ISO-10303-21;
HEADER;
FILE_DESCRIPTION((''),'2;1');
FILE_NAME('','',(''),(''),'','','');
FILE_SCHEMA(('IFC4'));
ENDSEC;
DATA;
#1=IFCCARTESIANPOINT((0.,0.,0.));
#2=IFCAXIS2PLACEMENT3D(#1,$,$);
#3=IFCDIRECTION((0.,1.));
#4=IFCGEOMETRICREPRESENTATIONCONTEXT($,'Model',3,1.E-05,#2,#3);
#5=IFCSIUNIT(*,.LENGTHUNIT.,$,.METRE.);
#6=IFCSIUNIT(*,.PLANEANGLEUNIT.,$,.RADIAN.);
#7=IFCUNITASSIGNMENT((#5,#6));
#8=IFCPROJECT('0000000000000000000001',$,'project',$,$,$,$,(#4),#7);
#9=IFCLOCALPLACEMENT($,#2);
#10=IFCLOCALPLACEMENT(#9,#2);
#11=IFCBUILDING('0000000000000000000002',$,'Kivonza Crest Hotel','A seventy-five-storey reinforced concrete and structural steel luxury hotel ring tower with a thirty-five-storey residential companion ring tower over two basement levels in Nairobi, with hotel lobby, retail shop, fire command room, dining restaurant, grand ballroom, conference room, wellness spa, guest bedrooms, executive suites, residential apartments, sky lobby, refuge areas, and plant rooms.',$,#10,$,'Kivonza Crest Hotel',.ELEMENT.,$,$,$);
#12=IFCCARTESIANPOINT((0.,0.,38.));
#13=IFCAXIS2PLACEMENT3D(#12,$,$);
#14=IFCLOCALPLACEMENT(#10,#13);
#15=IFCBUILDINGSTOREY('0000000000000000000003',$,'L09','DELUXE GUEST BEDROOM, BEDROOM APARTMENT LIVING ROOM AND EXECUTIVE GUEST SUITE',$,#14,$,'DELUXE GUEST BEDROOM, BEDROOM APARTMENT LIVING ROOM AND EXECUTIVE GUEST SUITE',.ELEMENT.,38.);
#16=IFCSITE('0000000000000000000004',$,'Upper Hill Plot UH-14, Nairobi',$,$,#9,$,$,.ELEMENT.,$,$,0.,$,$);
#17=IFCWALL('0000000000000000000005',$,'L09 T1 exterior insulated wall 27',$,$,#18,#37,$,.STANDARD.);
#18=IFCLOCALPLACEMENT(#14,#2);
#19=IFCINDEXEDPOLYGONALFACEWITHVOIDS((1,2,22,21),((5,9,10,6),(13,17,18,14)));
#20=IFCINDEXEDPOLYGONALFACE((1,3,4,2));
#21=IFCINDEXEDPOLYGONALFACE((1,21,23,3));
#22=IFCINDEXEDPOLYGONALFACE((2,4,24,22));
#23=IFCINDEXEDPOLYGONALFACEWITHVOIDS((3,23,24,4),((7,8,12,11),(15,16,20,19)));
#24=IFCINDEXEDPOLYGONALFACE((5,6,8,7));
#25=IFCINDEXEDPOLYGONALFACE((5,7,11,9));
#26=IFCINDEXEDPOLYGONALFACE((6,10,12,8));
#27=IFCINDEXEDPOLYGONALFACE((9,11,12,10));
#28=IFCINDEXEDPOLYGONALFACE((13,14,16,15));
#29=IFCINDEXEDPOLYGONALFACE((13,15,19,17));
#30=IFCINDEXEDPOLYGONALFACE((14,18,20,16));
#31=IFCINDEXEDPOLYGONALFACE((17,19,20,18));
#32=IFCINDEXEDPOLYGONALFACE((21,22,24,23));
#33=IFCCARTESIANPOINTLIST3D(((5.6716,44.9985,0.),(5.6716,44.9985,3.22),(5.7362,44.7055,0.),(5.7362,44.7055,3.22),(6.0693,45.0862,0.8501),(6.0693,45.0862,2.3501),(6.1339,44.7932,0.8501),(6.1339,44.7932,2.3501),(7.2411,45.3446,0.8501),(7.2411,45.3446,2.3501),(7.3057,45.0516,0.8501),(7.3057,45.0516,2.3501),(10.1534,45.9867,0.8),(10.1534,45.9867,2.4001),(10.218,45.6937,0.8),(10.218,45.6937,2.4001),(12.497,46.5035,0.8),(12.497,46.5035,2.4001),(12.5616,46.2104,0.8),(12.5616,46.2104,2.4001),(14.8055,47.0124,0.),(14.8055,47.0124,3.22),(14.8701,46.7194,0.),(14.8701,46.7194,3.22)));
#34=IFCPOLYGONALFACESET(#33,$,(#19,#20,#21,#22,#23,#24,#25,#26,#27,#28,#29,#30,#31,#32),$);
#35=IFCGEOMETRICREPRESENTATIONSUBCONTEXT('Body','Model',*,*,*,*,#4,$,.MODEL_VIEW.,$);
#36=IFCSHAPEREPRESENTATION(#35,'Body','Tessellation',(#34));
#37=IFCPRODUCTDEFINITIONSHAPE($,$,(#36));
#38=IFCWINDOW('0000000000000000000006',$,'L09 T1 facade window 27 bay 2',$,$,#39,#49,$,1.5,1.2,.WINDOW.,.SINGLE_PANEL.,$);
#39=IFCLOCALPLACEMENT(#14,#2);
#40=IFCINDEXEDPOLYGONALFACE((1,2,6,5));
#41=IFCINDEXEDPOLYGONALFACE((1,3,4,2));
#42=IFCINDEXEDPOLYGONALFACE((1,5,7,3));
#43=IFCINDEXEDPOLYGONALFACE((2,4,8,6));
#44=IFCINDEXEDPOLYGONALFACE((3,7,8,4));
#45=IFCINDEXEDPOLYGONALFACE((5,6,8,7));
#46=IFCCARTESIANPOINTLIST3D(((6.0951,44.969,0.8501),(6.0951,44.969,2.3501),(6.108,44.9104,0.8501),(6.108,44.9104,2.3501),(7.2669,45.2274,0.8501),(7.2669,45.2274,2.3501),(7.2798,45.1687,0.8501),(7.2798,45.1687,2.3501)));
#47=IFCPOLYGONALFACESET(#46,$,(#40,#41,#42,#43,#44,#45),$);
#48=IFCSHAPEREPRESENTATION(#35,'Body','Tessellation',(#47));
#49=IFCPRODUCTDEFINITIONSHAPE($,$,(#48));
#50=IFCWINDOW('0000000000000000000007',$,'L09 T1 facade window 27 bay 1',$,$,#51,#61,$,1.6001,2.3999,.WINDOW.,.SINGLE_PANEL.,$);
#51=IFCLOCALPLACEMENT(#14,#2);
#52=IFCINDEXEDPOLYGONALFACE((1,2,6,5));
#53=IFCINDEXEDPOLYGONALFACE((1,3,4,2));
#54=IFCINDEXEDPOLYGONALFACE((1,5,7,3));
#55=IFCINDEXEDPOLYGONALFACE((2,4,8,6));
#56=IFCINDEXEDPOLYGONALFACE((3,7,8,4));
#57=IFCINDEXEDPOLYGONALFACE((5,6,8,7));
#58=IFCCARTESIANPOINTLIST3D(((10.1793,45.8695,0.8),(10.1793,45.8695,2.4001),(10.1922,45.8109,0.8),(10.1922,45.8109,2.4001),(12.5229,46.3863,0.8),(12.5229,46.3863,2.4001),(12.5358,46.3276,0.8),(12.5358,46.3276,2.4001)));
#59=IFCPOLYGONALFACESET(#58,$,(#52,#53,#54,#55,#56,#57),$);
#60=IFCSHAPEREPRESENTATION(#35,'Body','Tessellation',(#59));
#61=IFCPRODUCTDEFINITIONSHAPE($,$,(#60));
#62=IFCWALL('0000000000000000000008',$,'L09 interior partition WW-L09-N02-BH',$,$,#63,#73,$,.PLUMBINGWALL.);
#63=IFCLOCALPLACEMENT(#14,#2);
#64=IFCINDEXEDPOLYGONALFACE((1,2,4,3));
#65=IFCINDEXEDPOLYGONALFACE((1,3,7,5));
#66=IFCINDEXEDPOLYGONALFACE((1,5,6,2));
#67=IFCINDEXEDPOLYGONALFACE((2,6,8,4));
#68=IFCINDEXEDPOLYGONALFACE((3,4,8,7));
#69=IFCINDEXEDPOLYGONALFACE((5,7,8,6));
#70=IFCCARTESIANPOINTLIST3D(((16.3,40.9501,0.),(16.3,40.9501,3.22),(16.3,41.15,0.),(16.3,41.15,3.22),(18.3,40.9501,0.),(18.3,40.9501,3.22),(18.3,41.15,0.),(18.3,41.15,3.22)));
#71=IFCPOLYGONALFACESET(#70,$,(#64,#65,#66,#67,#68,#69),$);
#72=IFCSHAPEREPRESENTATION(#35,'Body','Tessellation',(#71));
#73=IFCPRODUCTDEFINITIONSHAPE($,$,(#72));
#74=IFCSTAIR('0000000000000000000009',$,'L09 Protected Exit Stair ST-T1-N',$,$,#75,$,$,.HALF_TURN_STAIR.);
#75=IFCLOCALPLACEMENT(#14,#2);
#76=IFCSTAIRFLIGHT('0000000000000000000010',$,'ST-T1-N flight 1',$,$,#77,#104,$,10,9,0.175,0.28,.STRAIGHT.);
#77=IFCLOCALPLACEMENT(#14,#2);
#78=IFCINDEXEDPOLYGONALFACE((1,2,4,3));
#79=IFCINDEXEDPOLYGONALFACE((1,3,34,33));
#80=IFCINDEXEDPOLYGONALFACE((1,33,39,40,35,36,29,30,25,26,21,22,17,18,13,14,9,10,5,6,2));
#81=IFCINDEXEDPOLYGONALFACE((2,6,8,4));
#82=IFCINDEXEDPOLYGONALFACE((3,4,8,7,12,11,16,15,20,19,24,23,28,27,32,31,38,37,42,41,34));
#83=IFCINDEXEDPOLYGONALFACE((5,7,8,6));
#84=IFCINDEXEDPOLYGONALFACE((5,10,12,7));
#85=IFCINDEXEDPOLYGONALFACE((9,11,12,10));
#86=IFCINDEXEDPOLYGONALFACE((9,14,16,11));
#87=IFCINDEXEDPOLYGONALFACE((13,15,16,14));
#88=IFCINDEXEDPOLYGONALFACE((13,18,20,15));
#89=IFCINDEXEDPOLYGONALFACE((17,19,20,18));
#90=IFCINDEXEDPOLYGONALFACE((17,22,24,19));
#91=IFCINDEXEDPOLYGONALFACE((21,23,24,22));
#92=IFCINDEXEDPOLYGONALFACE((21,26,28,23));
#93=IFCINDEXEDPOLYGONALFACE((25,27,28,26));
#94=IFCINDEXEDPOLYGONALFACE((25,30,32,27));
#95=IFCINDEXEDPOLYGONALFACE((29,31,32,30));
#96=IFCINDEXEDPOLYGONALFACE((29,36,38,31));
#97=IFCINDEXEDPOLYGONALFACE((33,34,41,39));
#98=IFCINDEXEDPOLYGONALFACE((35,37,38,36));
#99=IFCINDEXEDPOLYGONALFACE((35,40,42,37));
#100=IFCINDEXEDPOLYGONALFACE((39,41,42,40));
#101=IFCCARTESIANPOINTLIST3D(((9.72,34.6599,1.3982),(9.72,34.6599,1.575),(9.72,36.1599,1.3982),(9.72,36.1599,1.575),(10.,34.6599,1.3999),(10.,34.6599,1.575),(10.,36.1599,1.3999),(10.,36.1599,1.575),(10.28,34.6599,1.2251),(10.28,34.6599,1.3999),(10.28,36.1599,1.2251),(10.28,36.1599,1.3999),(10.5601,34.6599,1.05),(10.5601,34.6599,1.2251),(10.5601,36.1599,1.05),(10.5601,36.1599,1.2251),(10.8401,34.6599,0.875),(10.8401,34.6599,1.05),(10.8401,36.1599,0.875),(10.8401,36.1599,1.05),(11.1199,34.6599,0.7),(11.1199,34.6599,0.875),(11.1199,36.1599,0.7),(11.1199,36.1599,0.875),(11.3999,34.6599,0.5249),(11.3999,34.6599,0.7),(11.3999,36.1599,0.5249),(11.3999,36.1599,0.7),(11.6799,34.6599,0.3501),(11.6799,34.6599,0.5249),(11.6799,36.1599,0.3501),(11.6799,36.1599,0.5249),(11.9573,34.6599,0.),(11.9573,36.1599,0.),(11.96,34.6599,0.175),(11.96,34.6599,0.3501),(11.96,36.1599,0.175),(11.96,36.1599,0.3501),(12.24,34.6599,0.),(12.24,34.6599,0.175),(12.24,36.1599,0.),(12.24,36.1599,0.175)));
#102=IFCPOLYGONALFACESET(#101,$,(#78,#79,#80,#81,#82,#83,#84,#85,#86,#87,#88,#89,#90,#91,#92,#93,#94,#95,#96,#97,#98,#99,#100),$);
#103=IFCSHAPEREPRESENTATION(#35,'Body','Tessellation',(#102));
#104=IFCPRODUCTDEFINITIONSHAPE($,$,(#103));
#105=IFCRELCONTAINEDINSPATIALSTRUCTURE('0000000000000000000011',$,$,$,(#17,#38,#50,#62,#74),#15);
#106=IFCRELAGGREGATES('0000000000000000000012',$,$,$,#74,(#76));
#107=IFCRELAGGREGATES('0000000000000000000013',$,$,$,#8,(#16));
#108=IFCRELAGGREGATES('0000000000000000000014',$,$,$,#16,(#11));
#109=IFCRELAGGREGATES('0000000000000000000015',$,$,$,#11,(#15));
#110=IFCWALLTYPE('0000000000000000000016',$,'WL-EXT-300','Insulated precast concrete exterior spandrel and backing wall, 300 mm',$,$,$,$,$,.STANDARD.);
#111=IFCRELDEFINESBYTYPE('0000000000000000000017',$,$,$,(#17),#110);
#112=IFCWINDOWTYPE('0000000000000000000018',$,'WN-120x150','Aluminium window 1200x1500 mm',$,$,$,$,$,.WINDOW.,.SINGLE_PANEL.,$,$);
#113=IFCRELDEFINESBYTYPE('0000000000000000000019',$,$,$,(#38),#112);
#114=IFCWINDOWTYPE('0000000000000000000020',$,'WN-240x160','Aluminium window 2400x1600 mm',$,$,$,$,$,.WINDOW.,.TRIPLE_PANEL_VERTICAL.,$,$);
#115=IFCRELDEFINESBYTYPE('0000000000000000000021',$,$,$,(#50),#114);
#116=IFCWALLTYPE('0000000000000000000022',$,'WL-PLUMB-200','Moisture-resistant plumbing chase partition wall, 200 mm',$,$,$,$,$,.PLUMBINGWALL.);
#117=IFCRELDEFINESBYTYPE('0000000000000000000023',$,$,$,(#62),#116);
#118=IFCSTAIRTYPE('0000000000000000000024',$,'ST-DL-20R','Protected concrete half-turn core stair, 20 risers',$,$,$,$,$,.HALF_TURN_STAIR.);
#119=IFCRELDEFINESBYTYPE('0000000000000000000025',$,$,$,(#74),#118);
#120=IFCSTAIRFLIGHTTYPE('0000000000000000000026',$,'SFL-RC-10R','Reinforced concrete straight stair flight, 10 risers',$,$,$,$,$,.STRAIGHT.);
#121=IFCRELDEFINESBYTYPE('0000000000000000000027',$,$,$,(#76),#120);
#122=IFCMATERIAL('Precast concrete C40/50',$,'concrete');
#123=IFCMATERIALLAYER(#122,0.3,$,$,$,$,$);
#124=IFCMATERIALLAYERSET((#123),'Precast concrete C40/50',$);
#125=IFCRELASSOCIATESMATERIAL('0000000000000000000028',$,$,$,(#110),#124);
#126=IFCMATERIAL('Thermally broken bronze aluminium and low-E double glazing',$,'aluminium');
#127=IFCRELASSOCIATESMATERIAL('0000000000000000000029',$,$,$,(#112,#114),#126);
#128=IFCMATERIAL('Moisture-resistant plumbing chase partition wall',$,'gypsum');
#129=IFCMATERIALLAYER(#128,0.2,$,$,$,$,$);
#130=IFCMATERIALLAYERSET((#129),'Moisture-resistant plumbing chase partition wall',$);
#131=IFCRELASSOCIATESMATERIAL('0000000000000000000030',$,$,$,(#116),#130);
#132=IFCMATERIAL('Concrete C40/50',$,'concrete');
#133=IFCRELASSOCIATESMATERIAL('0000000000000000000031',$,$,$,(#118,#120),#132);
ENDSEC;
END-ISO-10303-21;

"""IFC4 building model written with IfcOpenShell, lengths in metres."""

from ifc_helpers import new_model, si_unit, direction, frame, frame_2d, origin, place, context, subcontext, project, spatial, polyline, rectangle, outline, extrude, material, layer, layer_set, type_object, element, fill, aggregate, save


model = new_model("IFC4")

# Units and contexts
model_context = context("Model", 3, precision=1e-05, world=origin(), true_north=direction((0.0, 1.0)))
body_context = subcontext(model_context, "Body", "Model", "MODEL_VIEW")
ifc_project = project(units=[si_unit("LENGTHUNIT", "METRE"), si_unit("PLANEANGLEUNIT", "RADIAN")], contexts=[model_context])

# Site, building, storey
site_placement = place(None, origin())
site = spatial("IfcSite", under=ifc_project, at=site_placement, Name="Upper Hill Plot UH-14, Nairobi", CompositionType="ELEMENT", RefElevation=0.0)
building_placement = place(site_placement, origin())
building = spatial("IfcBuilding", under=site, at=building_placement, Name="Kivonza Crest Hotel", Description="A seventy-five-storey reinforced concrete and structural steel luxury hotel ring tower with a thirty-five-storey residential companion ring tower over two basement levels in Nairobi, with hotel lobby, retail shop, fire command room, dining restaurant, grand ballroom, conference room, wellness spa, guest bedrooms, executive suites, residential apartments, sky lobby, refuge areas, and plant rooms.", LongName="Kivonza Crest Hotel", CompositionType="ELEMENT")
storey_placement = place(building_placement, frame((0.0, 0.0, 38.0)))
storey = spatial("IfcBuildingStorey", under=building, at=storey_placement, Name="L09", Description="DELUXE GUEST BEDROOM, BEDROOM APARTMENT LIVING ROOM AND EXECUTIVE GUEST SUITE", LongName="DELUXE GUEST BEDROOM, BEDROOM APARTMENT LIVING ROOM AND EXECUTIVE GUEST SUITE", CompositionType="ELEMENT", Elevation=38.0)

# Wall, openings, windows
ifc_material_1 = material(Name="Precast concrete C40/50", Category="concrete")
ifc_layer_1 = layer(ifc_material_1, 0.3)
ifc_layer_set_1 = layer_set([ifc_layer_1], Name="Precast concrete C40/50")
wall_type_1 = type_object("IfcWallType", Name="WL-EXT-300", Description="Insulated precast concrete exterior spandrel and backing wall, 300 mm", PredefinedType="STANDARD", material=ifc_layer_set_1)
wall_1_placement = place(storey_placement, frame((14.8379, 46.866, 0.0), z_axis=(0.0, 0.0, 1.0), x_axis=(-0.976544, -0.215319, 0.0)))
wall_1 = element("IfcWall", 1, at=wall_1_placement, inside=storey, type_object=wall_type_1, Name="L09 T1 exterior insulated wall 27", PredefinedType="STANDARD", context=body_context, shape_type="SweptSolid", body=[
    extrude(rectangle(XDim=9.3533, YDim=0.3, at=frame_2d((4.6768, 0.0))), origin(), (0.0, 0.0, 1.0), 3.22),
])
opening_1_placement = place(wall_1_placement, frame((2.364, 0.0, 0.8)))
opening_1 = element("IfcOpeningElement", 2, at=opening_1_placement, cuts=wall_1, PredefinedType="OPENING", context=body_context, shape_type="SweptSolid", body=[
    extrude(rectangle(XDim=2.3999, YDim=1.6001, at=frame_2d((1.2, 0.8))), frame((0.0, 0.1602, 0.0), z_axis=(0.0, -1.0, 0.0), x_axis=(1.0, 0.0, 0.0)), (0.0, 0.0, 1.0), 0.3201),
])
opening_2_placement = place(wall_1_placement, frame((7.7461, 0.0, 0.8501)))
opening_2 = element("IfcOpeningElement", 3, at=opening_2_placement, cuts=wall_1, PredefinedType="OPENING", context=body_context, shape_type="SweptSolid", body=[
    extrude(rectangle(XDim=1.2, YDim=1.5, at=frame_2d((0.6001, 0.75))), frame((0.0, 0.1602, 0.0), z_axis=(0.0, -1.0, 0.0), x_axis=(1.0, 0.0, 0.0)), (0.0, 0.0, 1.0), 0.3201),
])
ifc_material_2 = material(Name="Thermally broken bronze aluminium and low-E double glazing", Category="aluminium")
window_type_1 = type_object("IfcWindowType", Name="WN-120x150", Description="Aluminium window 1200x1500 mm", PartitioningType="SINGLE_PANEL", PredefinedType="WINDOW", material=ifc_material_2)
window_1_placement = place(opening_2_placement, origin())
window_1 = element("IfcWindow", 4, at=window_1_placement, inside=storey, type_object=window_type_1, Name="L09 T1 facade window 27 bay 2", OverallHeight=1.5, OverallWidth=1.2, PartitioningType="SINGLE_PANEL", PredefinedType="WINDOW", context=body_context, shape_type="SweptSolid", body=[
    extrude(rectangle(XDim=1.2, YDim=1.5, at=frame_2d((0.6001, 0.75))), frame((0.0, 0.03, 0.0), z_axis=(0.0, -1.0, 0.0), x_axis=(1.0, 0.0, 0.0)), (0.0, 0.0, 1.0), 0.0601),
])
fill(opening_2, window_1)
window_type_2 = type_object("IfcWindowType", Name="WN-240x160", Description="Aluminium window 2400x1600 mm", PartitioningType="TRIPLE_PANEL_VERTICAL", PredefinedType="WINDOW", material=ifc_material_2)
window_2_placement = place(opening_1_placement, origin())
window_2 = element("IfcWindow", 5, at=window_2_placement, inside=storey, type_object=window_type_2, Name="L09 T1 facade window 27 bay 1", OverallHeight=1.6001, OverallWidth=2.3999, PartitioningType="SINGLE_PANEL", PredefinedType="WINDOW", context=body_context, shape_type="SweptSolid", body=[
    extrude(rectangle(XDim=2.3999, YDim=1.6001, at=frame_2d((1.2, 0.8))), frame((0.0, 0.03, 0.0), z_axis=(0.0, -1.0, 0.0), x_axis=(1.0, 0.0, 0.0)), (0.0, 0.0, 1.0), 0.0601),
])
fill(opening_1, window_2)

# Wall
ifc_material_3 = material(Name="Moisture-resistant plumbing chase partition wall", Category="gypsum")
ifc_layer_2 = layer(ifc_material_3, 0.2)
ifc_layer_set_2 = layer_set([ifc_layer_2], Name="Moisture-resistant plumbing chase partition wall")
wall_type_2 = type_object("IfcWallType", Name="WL-PLUMB-200", Description="Moisture-resistant plumbing chase partition wall, 200 mm", PredefinedType="PLUMBINGWALL", material=ifc_layer_set_2)
wall_2_placement = place(storey_placement, frame((16.3, 41.05, 0.0), z_axis=(0.0, 0.0, 1.0), x_axis=(1.0, 0.0, 0.0)))
element("IfcWall", 6, at=wall_2_placement, inside=storey, type_object=wall_type_2, Name="L09 interior partition WW-L09-N02-BH", PredefinedType="PLUMBINGWALL", context=body_context, shape_type="SweptSolid", body=[
    extrude(rectangle(XDim=2.0, YDim=0.2, at=frame_2d((1.0, 0.0))), origin(), (0.0, 0.0, 1.0), 3.22),
])

# Stair, stair flight
ifc_material_4 = material(Name="Concrete C40/50", Category="concrete")
stair_type = type_object("IfcStairType", Name="ST-DL-20R", Description="Protected concrete half-turn core stair, 20 risers", PredefinedType="HALF_TURN_STAIR", material=ifc_material_4)
stair_placement = place(storey_placement, origin())
stair = element("IfcStair", 7, at=stair_placement, inside=storey, type_object=stair_type, Name="L09 Protected Exit Stair ST-T1-N", PredefinedType="HALF_TURN_STAIR")
stair_flight_type = type_object("IfcStairFlightType", Name="SFL-RC-10R", Description="Reinforced concrete straight stair flight, 10 risers", PredefinedType="STRAIGHT", material=ifc_material_4)
stair_flight_placement = place(storey_placement, frame((12.24, 35.4099, 0.0), z_axis=(0.0, 0.0, 1.0), x_axis=(-1.0, 0.0, 0.0)))
stair_flight = element("IfcStairFlight", 8, at=stair_flight_placement, type_object=stair_flight_type, Name="ST-T1-N flight 1", NumberOfRisers=10, NumberOfTreads=9, PredefinedType="STRAIGHT", RiserHeight=0.175, TreadLength=0.28, context=body_context, shape_type="SweptSolid", body=[
    extrude(outline(polyline([(0.0, 0.0), (0.0, 0.175), (0.28, 0.175), (0.28, 0.3501), (0.5601, 0.3501), (0.5601, 0.5249), (0.8401, 0.5249), (0.8401, 0.7), (1.1201, 0.7), (1.1201, 0.875), (1.3999, 0.875), (1.3999, 1.05), (1.6799, 1.05), (1.6799, 1.2251), (1.96, 1.2251), (1.96, 1.3999), (2.24, 1.3999), (2.24, 1.575), (2.52, 1.575), (2.52, 1.75), (2.52, 1.3982), (0.2827, 0.0), (0.0, 0.0)])), frame((0.0, 0.75, 0.0), z_axis=(0.0, -1.0, 0.0), x_axis=(1.0, 0.0, 0.0)), (0.0, 0.0, 1.0), 1.5),
])
aggregate(stair, [stair_flight])

save(model, "model.ifc")
